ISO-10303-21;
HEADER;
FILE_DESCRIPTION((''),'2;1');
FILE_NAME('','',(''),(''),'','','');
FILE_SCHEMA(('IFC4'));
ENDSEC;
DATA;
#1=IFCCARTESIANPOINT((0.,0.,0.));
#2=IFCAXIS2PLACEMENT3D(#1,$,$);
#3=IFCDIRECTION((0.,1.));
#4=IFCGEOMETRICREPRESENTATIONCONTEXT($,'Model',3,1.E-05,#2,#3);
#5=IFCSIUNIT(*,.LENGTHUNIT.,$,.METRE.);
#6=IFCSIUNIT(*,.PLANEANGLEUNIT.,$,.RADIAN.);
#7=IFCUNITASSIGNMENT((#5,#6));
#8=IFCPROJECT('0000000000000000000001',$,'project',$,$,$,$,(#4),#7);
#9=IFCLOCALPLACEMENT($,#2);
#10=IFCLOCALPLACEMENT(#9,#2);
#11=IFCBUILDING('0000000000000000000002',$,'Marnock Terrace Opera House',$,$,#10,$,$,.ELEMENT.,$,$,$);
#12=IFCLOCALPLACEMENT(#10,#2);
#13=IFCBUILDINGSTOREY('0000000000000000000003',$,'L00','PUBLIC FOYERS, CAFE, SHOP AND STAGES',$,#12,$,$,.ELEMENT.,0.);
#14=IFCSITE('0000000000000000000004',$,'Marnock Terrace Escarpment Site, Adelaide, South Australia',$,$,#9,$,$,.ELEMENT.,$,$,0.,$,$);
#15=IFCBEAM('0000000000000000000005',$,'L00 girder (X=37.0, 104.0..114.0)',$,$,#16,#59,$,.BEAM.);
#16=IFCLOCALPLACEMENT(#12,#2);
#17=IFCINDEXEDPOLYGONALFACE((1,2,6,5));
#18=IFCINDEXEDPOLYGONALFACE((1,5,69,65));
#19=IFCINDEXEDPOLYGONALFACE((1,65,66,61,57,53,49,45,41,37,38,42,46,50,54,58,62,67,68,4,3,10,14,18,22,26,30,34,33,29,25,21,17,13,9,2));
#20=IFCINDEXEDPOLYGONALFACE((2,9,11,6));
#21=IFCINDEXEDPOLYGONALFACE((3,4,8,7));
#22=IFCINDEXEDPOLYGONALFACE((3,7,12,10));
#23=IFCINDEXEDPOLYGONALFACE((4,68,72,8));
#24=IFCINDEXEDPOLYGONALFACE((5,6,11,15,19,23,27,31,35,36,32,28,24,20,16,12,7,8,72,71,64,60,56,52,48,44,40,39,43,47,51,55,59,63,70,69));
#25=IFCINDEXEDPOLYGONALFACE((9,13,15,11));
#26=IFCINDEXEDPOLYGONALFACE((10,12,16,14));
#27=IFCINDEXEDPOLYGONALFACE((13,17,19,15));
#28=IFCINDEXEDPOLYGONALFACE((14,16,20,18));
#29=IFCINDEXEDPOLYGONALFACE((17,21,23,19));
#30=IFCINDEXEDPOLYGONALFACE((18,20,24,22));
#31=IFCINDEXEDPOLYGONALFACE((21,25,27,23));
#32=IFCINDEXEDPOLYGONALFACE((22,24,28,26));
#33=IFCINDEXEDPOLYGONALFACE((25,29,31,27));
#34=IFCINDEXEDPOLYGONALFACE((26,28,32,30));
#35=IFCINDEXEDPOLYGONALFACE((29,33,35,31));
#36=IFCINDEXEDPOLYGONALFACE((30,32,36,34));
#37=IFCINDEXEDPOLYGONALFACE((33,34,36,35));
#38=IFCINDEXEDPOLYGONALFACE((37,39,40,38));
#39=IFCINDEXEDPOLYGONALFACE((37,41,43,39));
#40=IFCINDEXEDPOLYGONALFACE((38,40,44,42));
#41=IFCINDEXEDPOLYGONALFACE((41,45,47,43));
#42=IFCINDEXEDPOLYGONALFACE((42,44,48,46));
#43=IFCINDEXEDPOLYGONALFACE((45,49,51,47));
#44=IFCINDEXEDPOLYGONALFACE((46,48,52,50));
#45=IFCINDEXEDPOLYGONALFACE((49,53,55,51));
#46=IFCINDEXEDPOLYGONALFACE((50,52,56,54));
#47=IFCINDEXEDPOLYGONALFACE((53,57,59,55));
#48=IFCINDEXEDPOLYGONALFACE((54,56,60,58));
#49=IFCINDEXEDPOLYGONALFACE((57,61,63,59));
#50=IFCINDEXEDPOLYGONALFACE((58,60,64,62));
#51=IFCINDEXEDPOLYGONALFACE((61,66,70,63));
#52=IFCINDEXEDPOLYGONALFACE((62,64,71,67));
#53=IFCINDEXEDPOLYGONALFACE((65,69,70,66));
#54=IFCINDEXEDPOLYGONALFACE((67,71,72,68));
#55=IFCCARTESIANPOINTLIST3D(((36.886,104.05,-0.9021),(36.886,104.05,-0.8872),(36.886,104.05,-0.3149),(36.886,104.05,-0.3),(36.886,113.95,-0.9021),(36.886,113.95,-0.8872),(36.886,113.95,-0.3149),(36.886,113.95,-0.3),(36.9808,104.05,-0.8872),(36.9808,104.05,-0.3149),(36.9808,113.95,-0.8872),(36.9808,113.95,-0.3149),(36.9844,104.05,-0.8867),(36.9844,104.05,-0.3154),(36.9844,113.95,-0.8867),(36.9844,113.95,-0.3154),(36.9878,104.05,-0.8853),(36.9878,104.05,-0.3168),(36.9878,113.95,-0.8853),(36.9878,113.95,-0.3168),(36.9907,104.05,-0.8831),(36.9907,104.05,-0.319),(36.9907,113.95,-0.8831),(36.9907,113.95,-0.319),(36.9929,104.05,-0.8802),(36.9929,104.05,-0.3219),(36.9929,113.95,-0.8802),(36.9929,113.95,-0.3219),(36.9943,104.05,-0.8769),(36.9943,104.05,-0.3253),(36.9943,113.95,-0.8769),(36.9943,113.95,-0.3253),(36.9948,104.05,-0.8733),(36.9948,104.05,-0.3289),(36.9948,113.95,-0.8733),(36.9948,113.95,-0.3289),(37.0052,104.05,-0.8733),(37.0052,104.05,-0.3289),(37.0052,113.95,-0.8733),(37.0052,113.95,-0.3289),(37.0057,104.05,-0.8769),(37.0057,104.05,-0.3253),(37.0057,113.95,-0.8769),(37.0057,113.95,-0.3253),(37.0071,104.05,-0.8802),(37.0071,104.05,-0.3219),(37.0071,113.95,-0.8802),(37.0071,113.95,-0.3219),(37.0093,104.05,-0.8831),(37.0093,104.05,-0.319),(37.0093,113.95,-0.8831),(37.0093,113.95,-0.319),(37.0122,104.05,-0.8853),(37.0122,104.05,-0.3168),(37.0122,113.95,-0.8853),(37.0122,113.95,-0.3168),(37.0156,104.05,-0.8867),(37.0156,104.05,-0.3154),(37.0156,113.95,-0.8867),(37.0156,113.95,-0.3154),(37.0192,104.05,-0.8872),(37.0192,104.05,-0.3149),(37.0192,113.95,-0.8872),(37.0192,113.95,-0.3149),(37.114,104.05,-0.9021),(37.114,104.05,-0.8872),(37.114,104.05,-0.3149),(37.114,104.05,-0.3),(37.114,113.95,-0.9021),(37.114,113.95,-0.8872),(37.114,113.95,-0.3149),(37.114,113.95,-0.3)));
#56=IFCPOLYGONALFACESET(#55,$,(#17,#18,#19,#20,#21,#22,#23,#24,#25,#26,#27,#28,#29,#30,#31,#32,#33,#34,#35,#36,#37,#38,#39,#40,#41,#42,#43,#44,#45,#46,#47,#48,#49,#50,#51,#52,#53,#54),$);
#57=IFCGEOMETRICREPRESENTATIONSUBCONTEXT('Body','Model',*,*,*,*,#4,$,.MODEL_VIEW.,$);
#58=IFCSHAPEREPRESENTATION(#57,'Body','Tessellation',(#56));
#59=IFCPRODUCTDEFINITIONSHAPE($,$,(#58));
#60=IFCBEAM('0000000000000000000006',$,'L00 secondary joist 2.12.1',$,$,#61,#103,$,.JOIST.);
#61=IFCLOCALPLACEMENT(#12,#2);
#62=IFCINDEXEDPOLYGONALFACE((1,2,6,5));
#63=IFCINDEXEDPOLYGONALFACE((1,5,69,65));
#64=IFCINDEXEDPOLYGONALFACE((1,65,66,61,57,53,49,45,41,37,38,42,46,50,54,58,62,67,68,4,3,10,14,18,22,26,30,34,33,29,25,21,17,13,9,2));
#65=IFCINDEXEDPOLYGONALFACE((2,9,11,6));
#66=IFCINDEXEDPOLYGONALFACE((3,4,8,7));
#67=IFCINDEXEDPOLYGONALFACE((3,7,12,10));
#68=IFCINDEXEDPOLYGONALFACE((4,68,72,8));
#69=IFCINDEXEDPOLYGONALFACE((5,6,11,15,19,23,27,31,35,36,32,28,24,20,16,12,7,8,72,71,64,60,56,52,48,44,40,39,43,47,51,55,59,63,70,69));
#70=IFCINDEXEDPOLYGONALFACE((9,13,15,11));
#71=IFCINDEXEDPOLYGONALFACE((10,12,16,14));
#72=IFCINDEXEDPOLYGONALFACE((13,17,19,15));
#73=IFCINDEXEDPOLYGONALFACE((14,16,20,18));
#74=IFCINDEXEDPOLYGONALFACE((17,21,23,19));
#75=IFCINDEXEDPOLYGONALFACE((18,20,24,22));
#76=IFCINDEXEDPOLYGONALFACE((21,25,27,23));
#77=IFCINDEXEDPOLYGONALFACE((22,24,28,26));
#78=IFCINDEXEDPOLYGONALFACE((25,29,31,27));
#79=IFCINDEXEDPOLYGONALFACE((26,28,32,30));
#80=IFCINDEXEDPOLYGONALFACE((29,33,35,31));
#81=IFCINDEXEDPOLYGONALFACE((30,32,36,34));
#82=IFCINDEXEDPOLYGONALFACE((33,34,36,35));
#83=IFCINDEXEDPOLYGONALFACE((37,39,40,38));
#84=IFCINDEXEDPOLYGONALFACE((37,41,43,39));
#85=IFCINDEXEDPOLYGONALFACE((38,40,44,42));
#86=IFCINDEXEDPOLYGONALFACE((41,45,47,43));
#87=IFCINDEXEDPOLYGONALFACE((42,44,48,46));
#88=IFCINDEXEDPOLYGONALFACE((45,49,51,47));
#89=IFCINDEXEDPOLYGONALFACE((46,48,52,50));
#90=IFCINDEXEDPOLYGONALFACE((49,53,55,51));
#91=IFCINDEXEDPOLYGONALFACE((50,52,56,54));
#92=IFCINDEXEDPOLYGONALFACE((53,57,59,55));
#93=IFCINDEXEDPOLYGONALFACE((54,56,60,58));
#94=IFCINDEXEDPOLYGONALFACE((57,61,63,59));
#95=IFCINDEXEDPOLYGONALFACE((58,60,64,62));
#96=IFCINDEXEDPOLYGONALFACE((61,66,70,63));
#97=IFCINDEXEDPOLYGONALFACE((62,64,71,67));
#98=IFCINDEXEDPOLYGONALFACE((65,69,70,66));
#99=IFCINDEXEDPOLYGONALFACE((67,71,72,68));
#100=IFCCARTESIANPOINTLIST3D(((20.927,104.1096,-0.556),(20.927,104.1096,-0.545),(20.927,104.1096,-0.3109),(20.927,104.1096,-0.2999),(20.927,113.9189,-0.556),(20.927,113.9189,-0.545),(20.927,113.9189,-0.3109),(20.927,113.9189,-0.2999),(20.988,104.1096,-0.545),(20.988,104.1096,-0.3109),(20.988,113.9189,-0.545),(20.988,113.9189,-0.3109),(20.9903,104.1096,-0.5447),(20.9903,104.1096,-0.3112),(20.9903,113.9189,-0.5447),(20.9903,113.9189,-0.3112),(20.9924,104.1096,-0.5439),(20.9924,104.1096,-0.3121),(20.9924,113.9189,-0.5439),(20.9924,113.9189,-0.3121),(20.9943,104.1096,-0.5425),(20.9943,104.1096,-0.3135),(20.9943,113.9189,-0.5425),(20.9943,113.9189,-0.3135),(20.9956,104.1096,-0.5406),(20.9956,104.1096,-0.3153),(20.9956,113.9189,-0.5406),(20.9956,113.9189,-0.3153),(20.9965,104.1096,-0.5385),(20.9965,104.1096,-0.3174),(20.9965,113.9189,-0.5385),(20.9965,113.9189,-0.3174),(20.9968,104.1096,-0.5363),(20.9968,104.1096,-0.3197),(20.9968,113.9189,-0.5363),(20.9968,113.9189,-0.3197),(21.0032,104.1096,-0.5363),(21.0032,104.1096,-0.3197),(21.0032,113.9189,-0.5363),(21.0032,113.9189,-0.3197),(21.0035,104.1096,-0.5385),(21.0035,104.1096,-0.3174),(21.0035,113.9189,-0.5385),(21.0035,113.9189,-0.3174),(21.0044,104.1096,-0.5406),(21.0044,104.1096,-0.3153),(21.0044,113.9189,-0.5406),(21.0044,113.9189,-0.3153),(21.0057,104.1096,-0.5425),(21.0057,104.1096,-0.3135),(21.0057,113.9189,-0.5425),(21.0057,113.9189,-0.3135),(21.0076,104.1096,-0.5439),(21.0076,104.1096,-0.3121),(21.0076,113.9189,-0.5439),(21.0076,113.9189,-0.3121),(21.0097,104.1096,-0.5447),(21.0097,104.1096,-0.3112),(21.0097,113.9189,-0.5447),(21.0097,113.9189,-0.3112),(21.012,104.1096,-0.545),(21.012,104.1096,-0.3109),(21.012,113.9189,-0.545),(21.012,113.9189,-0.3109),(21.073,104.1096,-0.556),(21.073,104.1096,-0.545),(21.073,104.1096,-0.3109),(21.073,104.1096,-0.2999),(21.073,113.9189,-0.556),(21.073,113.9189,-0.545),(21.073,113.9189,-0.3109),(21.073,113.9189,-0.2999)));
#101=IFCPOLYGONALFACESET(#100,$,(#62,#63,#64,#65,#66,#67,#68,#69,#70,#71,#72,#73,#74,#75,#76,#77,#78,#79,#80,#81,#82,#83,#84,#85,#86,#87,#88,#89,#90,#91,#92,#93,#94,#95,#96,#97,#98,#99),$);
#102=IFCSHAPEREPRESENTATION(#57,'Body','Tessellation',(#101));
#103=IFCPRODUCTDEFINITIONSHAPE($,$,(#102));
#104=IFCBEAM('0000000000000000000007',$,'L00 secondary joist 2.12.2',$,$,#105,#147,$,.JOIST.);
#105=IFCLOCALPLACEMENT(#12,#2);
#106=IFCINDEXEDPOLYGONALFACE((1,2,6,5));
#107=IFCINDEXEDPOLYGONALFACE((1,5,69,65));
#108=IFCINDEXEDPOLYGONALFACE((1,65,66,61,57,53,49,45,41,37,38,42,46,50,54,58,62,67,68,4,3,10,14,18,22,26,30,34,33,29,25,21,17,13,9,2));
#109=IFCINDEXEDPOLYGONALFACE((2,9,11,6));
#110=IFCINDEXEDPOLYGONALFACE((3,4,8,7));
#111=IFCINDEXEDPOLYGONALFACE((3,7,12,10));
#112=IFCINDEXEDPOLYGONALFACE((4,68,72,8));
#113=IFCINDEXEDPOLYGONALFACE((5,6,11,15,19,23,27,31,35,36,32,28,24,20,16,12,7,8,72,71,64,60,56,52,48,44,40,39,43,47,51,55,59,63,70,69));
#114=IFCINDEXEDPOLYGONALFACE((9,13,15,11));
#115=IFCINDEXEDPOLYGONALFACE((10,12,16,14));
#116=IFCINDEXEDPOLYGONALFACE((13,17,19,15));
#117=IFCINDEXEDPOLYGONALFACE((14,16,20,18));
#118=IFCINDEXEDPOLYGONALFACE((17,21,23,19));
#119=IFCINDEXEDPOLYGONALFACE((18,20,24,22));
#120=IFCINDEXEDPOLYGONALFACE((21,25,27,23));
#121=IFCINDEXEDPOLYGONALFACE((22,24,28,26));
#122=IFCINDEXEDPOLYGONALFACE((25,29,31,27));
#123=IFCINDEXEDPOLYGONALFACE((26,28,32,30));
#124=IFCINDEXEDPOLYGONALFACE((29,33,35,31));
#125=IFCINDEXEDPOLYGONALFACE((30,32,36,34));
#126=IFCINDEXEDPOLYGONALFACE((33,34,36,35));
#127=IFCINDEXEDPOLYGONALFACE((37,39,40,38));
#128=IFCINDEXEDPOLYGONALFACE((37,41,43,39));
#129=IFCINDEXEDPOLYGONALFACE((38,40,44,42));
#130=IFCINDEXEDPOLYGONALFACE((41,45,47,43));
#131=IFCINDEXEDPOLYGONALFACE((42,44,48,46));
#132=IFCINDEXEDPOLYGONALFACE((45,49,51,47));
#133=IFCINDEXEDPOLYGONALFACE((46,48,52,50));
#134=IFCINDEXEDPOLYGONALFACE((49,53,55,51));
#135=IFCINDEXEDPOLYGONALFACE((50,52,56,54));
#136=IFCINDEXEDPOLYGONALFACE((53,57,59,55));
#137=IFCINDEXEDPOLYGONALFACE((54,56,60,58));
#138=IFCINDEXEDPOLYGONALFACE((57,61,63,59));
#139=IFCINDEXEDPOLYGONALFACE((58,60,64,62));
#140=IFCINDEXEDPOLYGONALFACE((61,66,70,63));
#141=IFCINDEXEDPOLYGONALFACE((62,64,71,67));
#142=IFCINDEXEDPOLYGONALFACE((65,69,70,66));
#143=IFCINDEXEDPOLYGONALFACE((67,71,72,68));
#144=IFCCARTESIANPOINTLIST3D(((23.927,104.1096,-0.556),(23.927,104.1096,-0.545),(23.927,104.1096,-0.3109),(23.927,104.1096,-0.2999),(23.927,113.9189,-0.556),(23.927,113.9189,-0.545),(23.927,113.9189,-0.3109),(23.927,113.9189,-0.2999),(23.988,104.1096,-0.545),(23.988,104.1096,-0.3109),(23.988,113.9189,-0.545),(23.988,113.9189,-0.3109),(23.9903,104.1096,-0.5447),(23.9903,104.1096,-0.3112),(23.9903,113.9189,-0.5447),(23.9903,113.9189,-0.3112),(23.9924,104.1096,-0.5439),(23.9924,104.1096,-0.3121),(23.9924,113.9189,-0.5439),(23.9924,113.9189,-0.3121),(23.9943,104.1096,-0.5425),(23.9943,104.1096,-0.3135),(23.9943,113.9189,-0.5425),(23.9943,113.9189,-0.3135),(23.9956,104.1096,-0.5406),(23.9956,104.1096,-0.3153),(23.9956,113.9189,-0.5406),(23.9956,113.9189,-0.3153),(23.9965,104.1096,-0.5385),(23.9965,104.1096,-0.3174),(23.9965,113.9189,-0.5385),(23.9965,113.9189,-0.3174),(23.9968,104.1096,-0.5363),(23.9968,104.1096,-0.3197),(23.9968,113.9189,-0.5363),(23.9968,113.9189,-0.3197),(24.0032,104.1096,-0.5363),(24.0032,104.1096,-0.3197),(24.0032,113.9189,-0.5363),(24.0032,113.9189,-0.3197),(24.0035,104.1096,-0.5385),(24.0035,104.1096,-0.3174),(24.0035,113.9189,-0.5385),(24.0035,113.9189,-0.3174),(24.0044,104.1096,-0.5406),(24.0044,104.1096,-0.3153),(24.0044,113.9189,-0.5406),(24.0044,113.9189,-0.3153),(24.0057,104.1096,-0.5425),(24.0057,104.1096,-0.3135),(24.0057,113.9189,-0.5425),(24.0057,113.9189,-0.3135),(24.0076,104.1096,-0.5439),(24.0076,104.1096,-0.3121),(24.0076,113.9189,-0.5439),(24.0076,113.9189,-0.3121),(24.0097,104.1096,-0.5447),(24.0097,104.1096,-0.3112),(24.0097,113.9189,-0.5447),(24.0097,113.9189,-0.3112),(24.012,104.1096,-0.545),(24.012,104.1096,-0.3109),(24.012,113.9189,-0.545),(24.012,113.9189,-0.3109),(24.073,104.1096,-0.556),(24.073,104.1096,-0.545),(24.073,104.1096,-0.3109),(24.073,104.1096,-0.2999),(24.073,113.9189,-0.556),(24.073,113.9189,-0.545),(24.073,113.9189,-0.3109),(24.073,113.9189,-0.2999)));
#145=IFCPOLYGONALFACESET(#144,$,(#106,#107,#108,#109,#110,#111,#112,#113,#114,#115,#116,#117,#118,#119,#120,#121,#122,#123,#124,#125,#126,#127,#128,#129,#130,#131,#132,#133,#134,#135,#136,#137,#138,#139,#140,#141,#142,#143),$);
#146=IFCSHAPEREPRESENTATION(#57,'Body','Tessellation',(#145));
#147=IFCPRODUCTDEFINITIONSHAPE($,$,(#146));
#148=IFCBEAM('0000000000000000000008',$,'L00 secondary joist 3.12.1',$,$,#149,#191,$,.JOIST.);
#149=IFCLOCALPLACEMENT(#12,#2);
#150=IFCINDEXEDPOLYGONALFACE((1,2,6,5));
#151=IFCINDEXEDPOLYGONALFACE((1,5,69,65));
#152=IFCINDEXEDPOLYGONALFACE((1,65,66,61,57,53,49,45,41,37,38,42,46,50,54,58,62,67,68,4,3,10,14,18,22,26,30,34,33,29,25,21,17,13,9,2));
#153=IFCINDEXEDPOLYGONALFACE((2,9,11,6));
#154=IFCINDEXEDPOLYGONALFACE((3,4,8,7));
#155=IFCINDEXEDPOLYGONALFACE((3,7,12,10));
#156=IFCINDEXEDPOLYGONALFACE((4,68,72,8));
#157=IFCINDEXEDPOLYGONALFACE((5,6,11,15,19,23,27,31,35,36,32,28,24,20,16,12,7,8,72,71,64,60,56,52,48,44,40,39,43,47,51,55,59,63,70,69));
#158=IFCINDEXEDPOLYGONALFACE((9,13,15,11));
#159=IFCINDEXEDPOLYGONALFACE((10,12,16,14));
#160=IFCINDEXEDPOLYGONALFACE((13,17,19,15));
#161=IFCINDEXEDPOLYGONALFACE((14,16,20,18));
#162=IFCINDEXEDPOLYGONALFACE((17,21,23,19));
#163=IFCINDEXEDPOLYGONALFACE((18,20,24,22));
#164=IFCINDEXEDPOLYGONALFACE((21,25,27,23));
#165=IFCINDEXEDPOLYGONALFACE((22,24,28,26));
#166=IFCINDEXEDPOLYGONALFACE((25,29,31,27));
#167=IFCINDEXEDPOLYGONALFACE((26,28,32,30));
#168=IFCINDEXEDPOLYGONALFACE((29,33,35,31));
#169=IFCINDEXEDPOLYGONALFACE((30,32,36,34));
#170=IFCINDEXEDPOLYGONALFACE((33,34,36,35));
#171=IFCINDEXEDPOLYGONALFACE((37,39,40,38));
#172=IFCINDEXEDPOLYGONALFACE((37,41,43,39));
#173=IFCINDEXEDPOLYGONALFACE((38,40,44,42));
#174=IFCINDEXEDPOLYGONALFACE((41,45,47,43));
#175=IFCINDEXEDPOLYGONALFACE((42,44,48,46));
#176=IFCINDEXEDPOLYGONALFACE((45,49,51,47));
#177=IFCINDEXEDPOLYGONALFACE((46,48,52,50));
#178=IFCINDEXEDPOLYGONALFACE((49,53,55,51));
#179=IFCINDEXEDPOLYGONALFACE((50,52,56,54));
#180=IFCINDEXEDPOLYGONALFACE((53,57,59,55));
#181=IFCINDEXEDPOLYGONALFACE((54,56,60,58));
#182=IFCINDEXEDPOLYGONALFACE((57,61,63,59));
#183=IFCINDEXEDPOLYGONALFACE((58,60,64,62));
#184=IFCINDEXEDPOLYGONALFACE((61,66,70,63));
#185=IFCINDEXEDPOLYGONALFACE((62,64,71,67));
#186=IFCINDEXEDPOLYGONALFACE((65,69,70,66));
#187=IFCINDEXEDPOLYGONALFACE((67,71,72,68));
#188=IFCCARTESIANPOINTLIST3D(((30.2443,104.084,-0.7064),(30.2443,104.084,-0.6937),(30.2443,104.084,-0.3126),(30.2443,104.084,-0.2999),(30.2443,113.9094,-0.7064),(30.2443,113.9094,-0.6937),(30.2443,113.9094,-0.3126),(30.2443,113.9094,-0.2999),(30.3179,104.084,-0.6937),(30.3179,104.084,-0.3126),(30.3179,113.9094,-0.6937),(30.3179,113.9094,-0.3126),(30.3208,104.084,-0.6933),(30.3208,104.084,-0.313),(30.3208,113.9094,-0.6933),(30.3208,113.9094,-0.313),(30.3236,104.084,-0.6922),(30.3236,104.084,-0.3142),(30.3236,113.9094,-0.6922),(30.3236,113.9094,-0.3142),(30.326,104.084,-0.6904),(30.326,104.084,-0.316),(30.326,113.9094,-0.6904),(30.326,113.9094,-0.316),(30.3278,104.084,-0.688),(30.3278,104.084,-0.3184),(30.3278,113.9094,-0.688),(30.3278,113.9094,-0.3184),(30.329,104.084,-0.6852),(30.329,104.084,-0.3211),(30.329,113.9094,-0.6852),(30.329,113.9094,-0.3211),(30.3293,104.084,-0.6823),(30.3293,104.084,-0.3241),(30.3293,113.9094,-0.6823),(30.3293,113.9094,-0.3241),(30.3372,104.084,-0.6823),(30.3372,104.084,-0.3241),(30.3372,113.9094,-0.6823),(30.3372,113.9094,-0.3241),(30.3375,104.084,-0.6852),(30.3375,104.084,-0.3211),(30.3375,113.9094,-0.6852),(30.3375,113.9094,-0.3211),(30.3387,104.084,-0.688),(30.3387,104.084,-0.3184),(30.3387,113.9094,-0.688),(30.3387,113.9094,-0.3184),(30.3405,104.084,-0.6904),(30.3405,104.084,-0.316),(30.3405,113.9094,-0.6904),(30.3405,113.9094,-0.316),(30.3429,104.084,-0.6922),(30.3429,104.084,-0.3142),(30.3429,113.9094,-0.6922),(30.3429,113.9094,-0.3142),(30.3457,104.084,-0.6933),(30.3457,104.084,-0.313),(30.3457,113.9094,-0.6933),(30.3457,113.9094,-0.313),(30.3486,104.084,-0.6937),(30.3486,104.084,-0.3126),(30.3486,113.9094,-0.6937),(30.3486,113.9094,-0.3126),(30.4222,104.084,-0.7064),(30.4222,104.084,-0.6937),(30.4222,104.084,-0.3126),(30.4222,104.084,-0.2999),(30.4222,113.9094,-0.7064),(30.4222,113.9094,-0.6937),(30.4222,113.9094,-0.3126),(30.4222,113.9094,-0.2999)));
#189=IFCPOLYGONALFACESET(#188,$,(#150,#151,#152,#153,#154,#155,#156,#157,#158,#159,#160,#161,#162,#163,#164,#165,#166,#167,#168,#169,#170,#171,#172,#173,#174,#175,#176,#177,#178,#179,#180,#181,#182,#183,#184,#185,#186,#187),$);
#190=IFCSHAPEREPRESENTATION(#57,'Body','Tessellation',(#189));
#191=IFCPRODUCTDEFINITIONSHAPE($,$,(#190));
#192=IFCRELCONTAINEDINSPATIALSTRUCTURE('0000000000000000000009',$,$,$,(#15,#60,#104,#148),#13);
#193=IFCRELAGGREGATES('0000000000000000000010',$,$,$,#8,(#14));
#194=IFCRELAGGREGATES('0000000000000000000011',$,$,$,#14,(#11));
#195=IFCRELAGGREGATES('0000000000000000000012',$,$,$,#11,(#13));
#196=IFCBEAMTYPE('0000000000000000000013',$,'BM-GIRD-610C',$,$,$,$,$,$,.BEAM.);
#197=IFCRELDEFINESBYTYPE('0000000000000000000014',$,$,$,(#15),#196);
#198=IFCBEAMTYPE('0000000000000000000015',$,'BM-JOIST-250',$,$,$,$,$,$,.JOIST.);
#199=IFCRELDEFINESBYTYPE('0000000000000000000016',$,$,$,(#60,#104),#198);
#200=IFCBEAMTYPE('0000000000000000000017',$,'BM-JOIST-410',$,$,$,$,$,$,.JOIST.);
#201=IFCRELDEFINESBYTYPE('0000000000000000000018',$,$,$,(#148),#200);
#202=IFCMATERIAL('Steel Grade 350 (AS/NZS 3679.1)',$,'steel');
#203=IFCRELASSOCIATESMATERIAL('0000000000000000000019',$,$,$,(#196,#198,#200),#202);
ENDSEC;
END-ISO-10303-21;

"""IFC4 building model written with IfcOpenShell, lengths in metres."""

from ifc_helpers import new_model, si_unit, direction, frame, origin, origin_2d, place, context, subcontext, project, spatial, i_section, extrude, material, material_profile, profile_set, type_object, element, save


model = new_model("IFC4")

# Units and contexts
model_context = context("Model", 3, precision=1e-05, world=origin(), true_north=direction((0.0, 1.0)))
body_context = subcontext(model_context, "Body", "Model", "MODEL_VIEW")
ifc_project = project(units=[si_unit("LENGTHUNIT", "METRE"), si_unit("PLANEANGLEUNIT", "RADIAN")], contexts=[model_context])

# Site, building, storey
site_placement = place(None, origin())
site = spatial("IfcSite", under=ifc_project, at=site_placement, Name="Marnock Terrace Escarpment Site, Adelaide, South Australia", CompositionType="ELEMENT", RefElevation=0.0)
building_placement = place(site_placement, origin())
building = spatial("IfcBuilding", under=site, at=building_placement, Name="Marnock Terrace Opera House", CompositionType="ELEMENT")
storey_placement = place(building_placement, origin())
storey = spatial("IfcBuildingStorey", under=building, at=storey_placement, Name="L00", Description="PUBLIC FOYERS, CAFE, SHOP AND STAGES", CompositionType="ELEMENT", Elevation=0.0)

# Shared definitions
ifc_material_1 = material(Name="Steel Grade 350 (AS/NZS 3679.1)", Category="steel")

# Beams
ifc_material_profile_1 = material_profile(ifc_material_1, i_section(OverallWidth=0.228, OverallDepth=0.6021, WebThickness=0.0105, FlangeThickness=0.0149, FilletRadius=0.0139, at=origin_2d()))
ifc_profile_set_1 = profile_set([ifc_material_profile_1], Name="Steel Grade 350 (AS/NZS 3679.1)")
beam_type_1 = type_object("IfcBeamType", Name="BM-GIRD-610C", PredefinedType="BEAM", material=ifc_profile_set_1)
beam_1_placement = place(storey_placement, frame((37.0, 104.05, -0.6011), z_axis=(0.0, 1.0, 0.0), x_axis=(-1.0, 0.0, 0.0)))
element("IfcBeam", 1, at=beam_1_placement, inside=storey, type_object=beam_type_1, Name="L00 girder (X=37.0, 104.0..114.0)", PredefinedType="BEAM", context=body_context, shape_type="SweptSolid", body=[
    extrude(i_section(OverallWidth=0.228, OverallDepth=0.6021, WebThickness=0.0105, FlangeThickness=0.0149, FilletRadius=0.0139, at=origin_2d()), origin(), (0.0, 0.0, 1.0), 9.8999),
])
ifc_material_profile_2 = material_profile(ifc_material_1, i_section(OverallWidth=0.146, OverallDepth=0.2561, WebThickness=0.0063, FlangeThickness=0.011, FilletRadius=0.0088, at=origin_2d()))
ifc_profile_set_2 = profile_set([ifc_material_profile_2], Name="Steel Grade 350 (AS/NZS 3679.1)")
beam_type_2 = type_object("IfcBeamType", Name="BM-JOIST-250", PredefinedType="JOIST", material=ifc_profile_set_2)
for number, where, z_axis, x_axis, name in (
    (2, (21.0, 104.1096, -0.428), (0.0, 1.0, 0.0), (-1.0, 0.0, 0.0), "L00 secondary joist 2.12.1"),
    (3, (24.0, 104.1096, -0.428), (0.0, 1.0, 0.0), (-1.0, 0.0, 0.0), "L00 secondary joist 2.12.2"),
):
    element("IfcBeam", number, at=place(storey_placement, frame(where, z_axis=z_axis, x_axis=x_axis)), inside=storey, type_object=beam_type_2, Name=name, PredefinedType="JOIST", context=body_context, shape_type="SweptSolid", body=[
        extrude(i_section(OverallWidth=0.146, OverallDepth=0.2561, WebThickness=0.0063, FlangeThickness=0.011, FilletRadius=0.0088, at=origin_2d()), origin(), (0.0, 0.0, 1.0), 9.8093),
    ])
ifc_material_profile_3 = material_profile(ifc_material_1, i_section(OverallWidth=0.178, OverallDepth=0.4065, WebThickness=0.0078, FlangeThickness=0.0127, FilletRadius=0.0115, at=origin_2d()))
ifc_profile_set_3 = profile_set([ifc_material_profile_3], Name="Steel Grade 350 (AS/NZS 3679.1)")
beam_type_3 = type_object("IfcBeamType", Name="BM-JOIST-410", PredefinedType="JOIST", material=ifc_profile_set_3)
for number, where, z_axis, x_axis, name in (
    (4, (30.3333, 104.084, -0.5032), (0.0, 1.0, 0.0), (-1.0, 0.0, 0.0), "L00 secondary joist 3.12.1"),
):
    element("IfcBeam", number, at=place(storey_placement, frame(where, z_axis=z_axis, x_axis=x_axis)), inside=storey, type_object=beam_type_3, Name=name, PredefinedType="JOIST", context=body_context, shape_type="SweptSolid", body=[
        extrude(i_section(OverallWidth=0.178, OverallDepth=0.4065, WebThickness=0.0078, FlangeThickness=0.0127, FilletRadius=0.0115, at=origin_2d()), origin(), (0.0, 0.0, 1.0), 9.8254),
    ])

save(model, "model.ifc")
